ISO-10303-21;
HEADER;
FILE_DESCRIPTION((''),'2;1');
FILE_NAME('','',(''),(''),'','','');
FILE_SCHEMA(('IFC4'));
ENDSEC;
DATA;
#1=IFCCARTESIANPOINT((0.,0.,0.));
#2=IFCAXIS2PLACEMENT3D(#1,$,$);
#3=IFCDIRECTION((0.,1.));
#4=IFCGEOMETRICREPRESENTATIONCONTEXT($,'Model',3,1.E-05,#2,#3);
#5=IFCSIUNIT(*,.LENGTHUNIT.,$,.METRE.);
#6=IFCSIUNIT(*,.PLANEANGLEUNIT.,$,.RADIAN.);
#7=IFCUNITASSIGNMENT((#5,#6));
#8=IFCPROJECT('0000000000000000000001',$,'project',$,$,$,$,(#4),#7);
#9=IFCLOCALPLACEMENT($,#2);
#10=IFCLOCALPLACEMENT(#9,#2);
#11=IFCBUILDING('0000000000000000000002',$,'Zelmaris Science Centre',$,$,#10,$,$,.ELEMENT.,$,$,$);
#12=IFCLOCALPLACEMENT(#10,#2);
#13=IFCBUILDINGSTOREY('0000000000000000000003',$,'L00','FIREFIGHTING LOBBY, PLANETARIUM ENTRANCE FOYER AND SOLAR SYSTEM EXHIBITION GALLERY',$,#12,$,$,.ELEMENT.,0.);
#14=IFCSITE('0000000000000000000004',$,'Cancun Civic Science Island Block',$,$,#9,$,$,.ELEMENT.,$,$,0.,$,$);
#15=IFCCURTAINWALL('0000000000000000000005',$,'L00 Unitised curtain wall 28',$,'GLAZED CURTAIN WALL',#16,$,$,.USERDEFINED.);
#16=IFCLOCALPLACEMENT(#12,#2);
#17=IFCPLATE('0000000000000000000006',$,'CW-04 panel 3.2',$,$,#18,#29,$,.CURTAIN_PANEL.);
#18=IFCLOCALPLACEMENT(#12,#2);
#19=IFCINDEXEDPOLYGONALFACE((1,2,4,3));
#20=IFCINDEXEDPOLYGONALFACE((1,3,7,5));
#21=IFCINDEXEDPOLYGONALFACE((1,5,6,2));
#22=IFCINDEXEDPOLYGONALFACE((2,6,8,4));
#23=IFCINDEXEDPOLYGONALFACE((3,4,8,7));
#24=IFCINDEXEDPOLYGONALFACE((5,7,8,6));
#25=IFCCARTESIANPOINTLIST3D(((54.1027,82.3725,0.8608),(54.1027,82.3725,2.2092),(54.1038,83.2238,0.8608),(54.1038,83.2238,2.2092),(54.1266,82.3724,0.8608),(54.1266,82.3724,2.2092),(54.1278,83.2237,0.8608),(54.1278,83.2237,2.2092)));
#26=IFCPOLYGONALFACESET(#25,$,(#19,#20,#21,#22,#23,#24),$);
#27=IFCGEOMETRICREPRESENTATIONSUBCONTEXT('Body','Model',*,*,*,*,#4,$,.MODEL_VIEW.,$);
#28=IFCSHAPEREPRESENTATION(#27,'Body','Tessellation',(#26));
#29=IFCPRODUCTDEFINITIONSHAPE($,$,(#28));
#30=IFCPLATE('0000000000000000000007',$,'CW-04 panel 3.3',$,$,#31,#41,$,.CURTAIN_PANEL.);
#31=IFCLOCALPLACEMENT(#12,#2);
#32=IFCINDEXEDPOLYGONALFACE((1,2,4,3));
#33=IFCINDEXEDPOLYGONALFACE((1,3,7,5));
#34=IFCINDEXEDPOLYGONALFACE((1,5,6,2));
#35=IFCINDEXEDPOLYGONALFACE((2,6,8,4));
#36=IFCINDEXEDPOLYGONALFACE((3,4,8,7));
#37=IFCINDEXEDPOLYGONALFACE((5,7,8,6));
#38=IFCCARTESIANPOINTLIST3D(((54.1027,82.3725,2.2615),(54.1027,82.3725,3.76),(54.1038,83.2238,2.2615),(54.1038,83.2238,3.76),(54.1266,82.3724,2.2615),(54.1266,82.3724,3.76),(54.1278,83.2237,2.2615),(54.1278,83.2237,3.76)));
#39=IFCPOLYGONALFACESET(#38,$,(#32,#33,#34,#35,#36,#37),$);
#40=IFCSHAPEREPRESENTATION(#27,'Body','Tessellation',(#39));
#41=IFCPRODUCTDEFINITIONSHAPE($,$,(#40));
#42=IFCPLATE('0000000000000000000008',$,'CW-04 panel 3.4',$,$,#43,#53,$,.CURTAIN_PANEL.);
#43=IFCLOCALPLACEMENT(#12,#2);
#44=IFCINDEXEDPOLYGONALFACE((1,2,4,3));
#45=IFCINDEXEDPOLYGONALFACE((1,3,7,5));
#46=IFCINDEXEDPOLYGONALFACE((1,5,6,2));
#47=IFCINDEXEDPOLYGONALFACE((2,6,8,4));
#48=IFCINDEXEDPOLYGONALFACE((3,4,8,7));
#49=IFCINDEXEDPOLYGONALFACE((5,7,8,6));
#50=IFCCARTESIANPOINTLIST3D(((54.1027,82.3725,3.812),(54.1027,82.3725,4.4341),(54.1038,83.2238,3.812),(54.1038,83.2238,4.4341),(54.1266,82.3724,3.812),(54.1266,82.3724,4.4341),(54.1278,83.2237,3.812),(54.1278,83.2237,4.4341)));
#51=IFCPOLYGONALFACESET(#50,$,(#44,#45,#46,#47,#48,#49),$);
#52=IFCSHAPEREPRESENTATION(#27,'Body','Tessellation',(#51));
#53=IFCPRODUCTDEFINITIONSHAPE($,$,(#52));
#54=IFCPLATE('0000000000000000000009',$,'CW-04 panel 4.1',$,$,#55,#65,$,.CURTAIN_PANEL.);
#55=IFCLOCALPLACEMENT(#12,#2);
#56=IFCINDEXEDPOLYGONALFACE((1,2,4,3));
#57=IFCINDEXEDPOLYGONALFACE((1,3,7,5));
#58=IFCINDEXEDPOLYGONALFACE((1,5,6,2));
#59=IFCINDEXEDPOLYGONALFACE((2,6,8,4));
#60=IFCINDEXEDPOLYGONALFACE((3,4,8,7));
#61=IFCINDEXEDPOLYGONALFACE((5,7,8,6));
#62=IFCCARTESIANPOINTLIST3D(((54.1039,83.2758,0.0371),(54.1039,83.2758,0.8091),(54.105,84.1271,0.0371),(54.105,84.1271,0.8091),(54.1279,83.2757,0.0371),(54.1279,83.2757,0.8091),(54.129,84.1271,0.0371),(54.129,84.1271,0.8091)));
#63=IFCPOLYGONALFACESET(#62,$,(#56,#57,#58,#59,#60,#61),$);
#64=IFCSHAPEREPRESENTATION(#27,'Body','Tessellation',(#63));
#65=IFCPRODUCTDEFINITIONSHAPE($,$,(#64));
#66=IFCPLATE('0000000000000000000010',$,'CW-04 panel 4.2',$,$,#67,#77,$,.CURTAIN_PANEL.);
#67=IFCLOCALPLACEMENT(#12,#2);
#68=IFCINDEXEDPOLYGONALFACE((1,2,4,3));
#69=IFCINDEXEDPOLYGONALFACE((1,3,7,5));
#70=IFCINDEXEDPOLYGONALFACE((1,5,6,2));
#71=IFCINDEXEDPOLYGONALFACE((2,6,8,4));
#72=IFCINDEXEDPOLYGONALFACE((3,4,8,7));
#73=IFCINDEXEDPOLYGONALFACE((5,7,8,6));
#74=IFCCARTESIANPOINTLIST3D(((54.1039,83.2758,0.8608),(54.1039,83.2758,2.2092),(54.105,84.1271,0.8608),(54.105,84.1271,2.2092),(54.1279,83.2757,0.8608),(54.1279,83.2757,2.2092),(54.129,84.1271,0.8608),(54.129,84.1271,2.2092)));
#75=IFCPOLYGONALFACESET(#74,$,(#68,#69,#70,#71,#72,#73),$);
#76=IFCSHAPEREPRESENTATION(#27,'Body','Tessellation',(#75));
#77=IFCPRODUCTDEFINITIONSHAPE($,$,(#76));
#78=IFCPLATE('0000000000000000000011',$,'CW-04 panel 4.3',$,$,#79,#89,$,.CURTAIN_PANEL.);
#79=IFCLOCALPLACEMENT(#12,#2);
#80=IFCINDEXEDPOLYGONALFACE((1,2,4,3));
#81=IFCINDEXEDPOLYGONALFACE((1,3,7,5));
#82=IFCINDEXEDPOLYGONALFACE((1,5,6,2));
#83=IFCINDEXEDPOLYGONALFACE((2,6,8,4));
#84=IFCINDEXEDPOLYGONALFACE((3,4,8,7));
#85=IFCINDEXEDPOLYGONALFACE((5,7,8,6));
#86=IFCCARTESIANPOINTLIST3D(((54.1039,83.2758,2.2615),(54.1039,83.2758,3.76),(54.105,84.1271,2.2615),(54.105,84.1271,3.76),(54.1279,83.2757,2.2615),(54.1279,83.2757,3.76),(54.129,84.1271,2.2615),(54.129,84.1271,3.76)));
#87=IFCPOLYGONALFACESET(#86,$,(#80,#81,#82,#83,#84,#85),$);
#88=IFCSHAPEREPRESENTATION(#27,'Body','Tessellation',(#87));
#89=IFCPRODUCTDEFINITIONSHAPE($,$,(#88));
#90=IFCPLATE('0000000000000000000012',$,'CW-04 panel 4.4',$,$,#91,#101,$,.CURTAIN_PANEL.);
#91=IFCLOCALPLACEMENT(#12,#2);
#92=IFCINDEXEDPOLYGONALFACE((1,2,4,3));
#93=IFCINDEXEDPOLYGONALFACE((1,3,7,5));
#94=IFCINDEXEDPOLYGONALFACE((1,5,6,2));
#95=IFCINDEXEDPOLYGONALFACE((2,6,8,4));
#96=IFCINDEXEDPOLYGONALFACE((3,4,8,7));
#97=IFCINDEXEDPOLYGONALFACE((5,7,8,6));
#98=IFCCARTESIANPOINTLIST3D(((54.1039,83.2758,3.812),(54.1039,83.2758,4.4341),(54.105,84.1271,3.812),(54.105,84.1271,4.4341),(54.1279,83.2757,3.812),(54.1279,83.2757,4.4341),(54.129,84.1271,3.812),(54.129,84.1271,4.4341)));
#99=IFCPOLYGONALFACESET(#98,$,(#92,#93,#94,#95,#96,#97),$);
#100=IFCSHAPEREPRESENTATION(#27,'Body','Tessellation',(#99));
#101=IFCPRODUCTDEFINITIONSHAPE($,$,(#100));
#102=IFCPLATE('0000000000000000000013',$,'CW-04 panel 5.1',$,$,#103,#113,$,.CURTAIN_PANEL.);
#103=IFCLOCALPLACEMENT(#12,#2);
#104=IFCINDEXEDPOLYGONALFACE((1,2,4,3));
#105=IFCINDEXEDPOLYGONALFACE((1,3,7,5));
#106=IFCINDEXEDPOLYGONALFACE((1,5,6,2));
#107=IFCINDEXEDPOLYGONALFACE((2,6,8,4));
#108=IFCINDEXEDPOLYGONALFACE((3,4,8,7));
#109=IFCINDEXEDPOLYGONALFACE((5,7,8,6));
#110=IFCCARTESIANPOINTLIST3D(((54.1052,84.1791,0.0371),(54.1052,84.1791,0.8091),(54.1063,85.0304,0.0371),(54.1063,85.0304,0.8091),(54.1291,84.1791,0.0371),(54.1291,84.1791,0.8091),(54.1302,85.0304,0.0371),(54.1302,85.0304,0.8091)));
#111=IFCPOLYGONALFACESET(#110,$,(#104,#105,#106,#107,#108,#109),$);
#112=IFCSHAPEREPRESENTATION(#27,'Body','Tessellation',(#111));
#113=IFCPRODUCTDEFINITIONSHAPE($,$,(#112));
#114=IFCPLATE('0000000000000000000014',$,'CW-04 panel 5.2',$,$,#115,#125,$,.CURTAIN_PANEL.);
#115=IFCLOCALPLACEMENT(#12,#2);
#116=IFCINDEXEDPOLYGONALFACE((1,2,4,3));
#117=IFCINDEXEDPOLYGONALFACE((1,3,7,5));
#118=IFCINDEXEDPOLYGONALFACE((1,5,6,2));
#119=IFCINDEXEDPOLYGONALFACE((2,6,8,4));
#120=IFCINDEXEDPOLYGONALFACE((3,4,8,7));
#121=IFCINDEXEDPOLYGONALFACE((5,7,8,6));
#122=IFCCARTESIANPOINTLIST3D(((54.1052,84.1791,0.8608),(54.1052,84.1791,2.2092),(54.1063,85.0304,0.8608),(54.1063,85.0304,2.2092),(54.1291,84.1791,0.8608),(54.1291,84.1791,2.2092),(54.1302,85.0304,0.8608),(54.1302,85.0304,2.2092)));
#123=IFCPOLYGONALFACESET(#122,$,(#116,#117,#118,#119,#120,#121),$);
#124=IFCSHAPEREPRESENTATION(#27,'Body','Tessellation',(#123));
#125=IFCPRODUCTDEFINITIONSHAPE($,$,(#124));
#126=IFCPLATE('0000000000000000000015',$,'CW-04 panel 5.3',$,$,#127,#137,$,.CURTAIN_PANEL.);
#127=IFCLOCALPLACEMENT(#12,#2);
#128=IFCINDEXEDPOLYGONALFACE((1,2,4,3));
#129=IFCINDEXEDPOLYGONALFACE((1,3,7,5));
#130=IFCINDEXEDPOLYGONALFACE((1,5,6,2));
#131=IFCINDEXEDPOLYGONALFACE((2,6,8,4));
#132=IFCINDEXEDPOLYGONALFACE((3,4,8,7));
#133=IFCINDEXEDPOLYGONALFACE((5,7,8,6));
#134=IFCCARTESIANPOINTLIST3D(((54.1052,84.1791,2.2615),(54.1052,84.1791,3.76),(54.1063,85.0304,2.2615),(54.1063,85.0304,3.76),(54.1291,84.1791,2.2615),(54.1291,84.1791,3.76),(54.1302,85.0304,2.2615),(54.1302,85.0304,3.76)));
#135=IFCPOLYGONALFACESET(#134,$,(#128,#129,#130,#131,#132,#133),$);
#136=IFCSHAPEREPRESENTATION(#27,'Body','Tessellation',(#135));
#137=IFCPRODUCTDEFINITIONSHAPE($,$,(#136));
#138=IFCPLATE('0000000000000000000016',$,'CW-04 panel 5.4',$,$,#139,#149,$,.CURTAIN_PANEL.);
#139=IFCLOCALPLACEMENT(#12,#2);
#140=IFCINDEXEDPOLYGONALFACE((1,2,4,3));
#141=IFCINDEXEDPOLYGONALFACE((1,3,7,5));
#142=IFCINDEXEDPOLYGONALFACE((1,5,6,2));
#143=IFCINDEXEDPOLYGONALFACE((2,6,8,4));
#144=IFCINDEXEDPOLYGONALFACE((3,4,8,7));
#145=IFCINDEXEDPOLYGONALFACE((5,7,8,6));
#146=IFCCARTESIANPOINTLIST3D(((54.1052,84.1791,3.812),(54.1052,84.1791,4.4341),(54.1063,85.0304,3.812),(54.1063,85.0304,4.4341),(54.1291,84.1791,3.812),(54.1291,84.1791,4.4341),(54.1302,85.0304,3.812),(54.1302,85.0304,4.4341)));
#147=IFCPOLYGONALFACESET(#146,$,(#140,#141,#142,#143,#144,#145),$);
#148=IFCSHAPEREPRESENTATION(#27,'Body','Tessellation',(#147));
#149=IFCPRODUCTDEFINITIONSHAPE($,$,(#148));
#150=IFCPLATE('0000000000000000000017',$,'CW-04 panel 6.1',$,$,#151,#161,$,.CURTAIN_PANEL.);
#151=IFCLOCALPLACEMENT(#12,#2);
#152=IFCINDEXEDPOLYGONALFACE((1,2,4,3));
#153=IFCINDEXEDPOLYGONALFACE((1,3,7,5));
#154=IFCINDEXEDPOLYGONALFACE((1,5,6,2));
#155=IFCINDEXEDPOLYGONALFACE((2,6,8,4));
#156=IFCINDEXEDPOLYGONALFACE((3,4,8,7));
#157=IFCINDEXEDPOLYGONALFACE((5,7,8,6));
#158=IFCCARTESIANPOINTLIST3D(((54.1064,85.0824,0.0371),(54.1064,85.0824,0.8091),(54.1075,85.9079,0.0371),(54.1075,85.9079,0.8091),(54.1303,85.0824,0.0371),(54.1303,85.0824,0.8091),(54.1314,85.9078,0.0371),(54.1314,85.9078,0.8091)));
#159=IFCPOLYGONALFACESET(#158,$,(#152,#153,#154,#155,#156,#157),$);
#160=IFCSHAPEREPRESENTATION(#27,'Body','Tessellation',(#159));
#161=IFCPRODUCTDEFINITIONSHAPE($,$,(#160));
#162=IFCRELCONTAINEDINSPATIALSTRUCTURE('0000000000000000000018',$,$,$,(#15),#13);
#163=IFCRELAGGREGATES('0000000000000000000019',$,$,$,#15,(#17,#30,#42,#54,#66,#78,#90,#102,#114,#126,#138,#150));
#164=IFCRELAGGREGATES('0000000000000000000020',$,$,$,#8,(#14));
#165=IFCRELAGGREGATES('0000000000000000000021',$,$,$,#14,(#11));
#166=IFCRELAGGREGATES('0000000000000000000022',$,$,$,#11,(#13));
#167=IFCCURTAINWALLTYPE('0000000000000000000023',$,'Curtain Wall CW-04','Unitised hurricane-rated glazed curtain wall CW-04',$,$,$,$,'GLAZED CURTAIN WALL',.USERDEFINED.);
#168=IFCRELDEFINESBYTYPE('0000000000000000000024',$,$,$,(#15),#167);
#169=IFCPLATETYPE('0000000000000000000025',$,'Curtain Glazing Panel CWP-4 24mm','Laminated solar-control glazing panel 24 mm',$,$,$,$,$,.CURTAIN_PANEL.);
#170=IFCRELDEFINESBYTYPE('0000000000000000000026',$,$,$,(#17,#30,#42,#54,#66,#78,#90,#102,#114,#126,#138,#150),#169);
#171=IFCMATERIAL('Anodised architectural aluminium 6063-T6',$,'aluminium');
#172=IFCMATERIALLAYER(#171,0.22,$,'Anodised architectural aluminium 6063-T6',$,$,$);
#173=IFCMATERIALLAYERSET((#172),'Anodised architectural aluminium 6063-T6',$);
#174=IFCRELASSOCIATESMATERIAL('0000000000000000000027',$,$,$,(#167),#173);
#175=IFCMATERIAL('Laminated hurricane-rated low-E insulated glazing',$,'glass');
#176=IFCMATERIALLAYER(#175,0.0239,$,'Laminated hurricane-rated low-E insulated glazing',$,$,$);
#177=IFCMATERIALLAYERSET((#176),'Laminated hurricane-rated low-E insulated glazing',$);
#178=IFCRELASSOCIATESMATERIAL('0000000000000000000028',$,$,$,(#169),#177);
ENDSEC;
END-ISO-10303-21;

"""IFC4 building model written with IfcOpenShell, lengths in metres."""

from ifc_helpers import new_model, si_unit, direction, frame, origin, origin_2d, place, context, subcontext, project, spatial, rectangle, extrude, material, layer, layer_set, type_object, element, aggregate, save


model = new_model("IFC4")

# Units and contexts
model_context = context("Model", 3, precision=1e-05, world=origin(), true_north=direction((0.0, 1.0)))
body_context = subcontext(model_context, "Body", "Model", "MODEL_VIEW")
ifc_project = project(units=[si_unit("LENGTHUNIT", "METRE"), si_unit("PLANEANGLEUNIT", "RADIAN")], contexts=[model_context])

# Site, building, storey
site_placement = place(None, origin())
site = spatial("IfcSite", under=ifc_project, at=site_placement, Name="Cancun Civic Science Island Block", CompositionType="ELEMENT", RefElevation=0.0)
building_placement = place(site_placement, origin())
building = spatial("IfcBuilding", under=site, at=building_placement, Name="Zelmaris Science Centre", CompositionType="ELEMENT")
storey_placement = place(building_placement, origin())
storey = spatial("IfcBuildingStorey", under=building, at=storey_placement, Name="L00", Description="FIREFIGHTING LOBBY, PLANETARIUM ENTRANCE FOYER AND SOLAR SYSTEM EXHIBITION GALLERY", CompositionType="ELEMENT", Elevation=0.0)

# Curtain wall, plates
ifc_material_1 = material(Name="Anodised architectural aluminium 6063-T6", Category="aluminium")
ifc_layer_1 = layer(ifc_material_1, 0.22, Name="Anodised architectural aluminium 6063-T6")
ifc_layer_set_1 = layer_set([ifc_layer_1], Name="Anodised architectural aluminium 6063-T6")
curtain_wall_type = type_object("IfcCurtainWallType", Name="Curtain Wall CW-04", Description="Unitised hurricane-rated glazed curtain wall CW-04", ElementType="GLAZED CURTAIN WALL", PredefinedType="USERDEFINED", material=ifc_layer_set_1)
curtain_wall_placement = place(storey_placement, origin())
curtain_wall = element("IfcCurtainWall", 1, at=curtain_wall_placement, inside=storey, type_object=curtain_wall_type, Name="L00 Unitised curtain wall 28", ObjectType="GLAZED CURTAIN WALL", PredefinedType="USERDEFINED")
ifc_material_2 = material(Name="Laminated hurricane-rated low-E insulated glazing", Category="glass")
ifc_layer_2 = layer(ifc_material_2, 0.0239, Name="Laminated hurricane-rated low-E insulated glazing")
ifc_layer_set_2 = layer_set([ifc_layer_2], Name="Laminated hurricane-rated low-E insulated glazing")
plate_type = type_object("IfcPlateType", Name="Curtain Glazing Panel CWP-4 24mm", Description="Laminated solar-control glazing panel 24 mm", PredefinedType="CURTAIN_PANEL", material=ifc_layer_set_2)
plate_1_placement = place(storey_placement, frame((54.1152, 82.7981, 0.8608), z_axis=(0.0, 0.0, 1.0), x_axis=(0.00131, 0.999999, 0.0)))
plate_1 = element("IfcPlate", 2, at=plate_1_placement, type_object=plate_type, Name="CW-04 panel 3.2", PredefinedType="CURTAIN_PANEL", context=body_context, shape_type="SweptSolid", body=[
    extrude(rectangle(XDim=0.8513, YDim=0.0239, at=origin_2d()), origin(), (0.0, 0.0, 1.0), 1.3484),
])
plate_2_placement = place(storey_placement, frame((54.1152, 82.7981, 2.2615), z_axis=(0.0, 0.0, 1.0), x_axis=(0.00131, 0.999999, 0.0)))
plate_2 = element("IfcPlate", 3, at=plate_2_placement, type_object=plate_type, Name="CW-04 panel 3.3", PredefinedType="CURTAIN_PANEL", context=body_context, shape_type="SweptSolid", body=[
    extrude(rectangle(XDim=0.8513, YDim=0.0239, at=origin_2d()), origin(), (0.0, 0.0, 1.0), 1.4985),
])
plate_3_placement = place(storey_placement, frame((54.1152, 82.7981, 3.812), z_axis=(0.0, 0.0, 1.0), x_axis=(0.00131, 0.999999, 0.0)))
plate_3 = element("IfcPlate", 4, at=plate_3_placement, type_object=plate_type, Name="CW-04 panel 3.4", PredefinedType="CURTAIN_PANEL", context=body_context, shape_type="SweptSolid", body=[
    extrude(rectangle(XDim=0.8513, YDim=0.0239, at=origin_2d()), origin(), (0.0, 0.0, 1.0), 0.6221),
])
plate_4_placement = place(storey_placement, frame((54.1165, 83.7014, 0.0371), z_axis=(0.0, 0.0, 1.0), x_axis=(0.00131, 0.999999, 0.0)))
plate_4 = element("IfcPlate", 5, at=plate_4_placement, type_object=plate_type, Name="CW-04 panel 4.1", PredefinedType="CURTAIN_PANEL", context=body_context, shape_type="SweptSolid", body=[
    extrude(rectangle(XDim=0.8513, YDim=0.0239, at=origin_2d()), origin(), (0.0, 0.0, 1.0), 0.772),
])
plate_5_placement = place(storey_placement, frame((54.1165, 83.7014, 0.8608), z_axis=(0.0, 0.0, 1.0), x_axis=(0.00131, 0.999999, 0.0)))
plate_5 = element("IfcPlate", 6, at=plate_5_placement, type_object=plate_type, Name="CW-04 panel 4.2", PredefinedType="CURTAIN_PANEL", context=body_context, shape_type="SweptSolid", body=[
    extrude(rectangle(XDim=0.8513, YDim=0.0239, at=origin_2d()), origin(), (0.0, 0.0, 1.0), 1.3484),
])
plate_6_placement = place(storey_placement, frame((54.1165, 83.7014, 2.2615), z_axis=(0.0, 0.0, 1.0), x_axis=(0.00131, 0.999999, 0.0)))
plate_6 = element("IfcPlate", 7, at=plate_6_placement, type_object=plate_type, Name="CW-04 panel 4.3", PredefinedType="CURTAIN_PANEL", context=body_context, shape_type="SweptSolid", body=[
    extrude(rectangle(XDim=0.8513, YDim=0.0239, at=origin_2d()), origin(), (0.0, 0.0, 1.0), 1.4985),
])
plate_7_placement = place(storey_placement, frame((54.1165, 83.7014, 3.812), z_axis=(0.0, 0.0, 1.0), x_axis=(0.00131, 0.999999, 0.0)))
plate_7 = element("IfcPlate", 8, at=plate_7_placement, type_object=plate_type, Name="CW-04 panel 4.4", PredefinedType="CURTAIN_PANEL", context=body_context, shape_type="SweptSolid", body=[
    extrude(rectangle(XDim=0.8513, YDim=0.0239, at=origin_2d()), origin(), (0.0, 0.0, 1.0), 0.6221),
])
plate_8_placement = place(storey_placement, frame((54.1177, 84.6047, 0.0371), z_axis=(0.0, 0.0, 1.0), x_axis=(0.00131, 0.999999, 0.0)))
plate_8 = element("IfcPlate", 9, at=plate_8_placement, type_object=plate_type, Name="CW-04 panel 5.1", PredefinedType="CURTAIN_PANEL", context=body_context, shape_type="SweptSolid", body=[
    extrude(rectangle(XDim=0.8513, YDim=0.0239, at=origin_2d()), origin(), (0.0, 0.0, 1.0), 0.772),
])
plate_9_placement = place(storey_placement, frame((54.1177, 84.6047, 0.8608), z_axis=(0.0, 0.0, 1.0), x_axis=(0.00131, 0.999999, 0.0)))
plate_9 = element("IfcPlate", 10, at=plate_9_placement, type_object=plate_type, Name="CW-04 panel 5.2", PredefinedType="CURTAIN_PANEL", context=body_context, shape_type="SweptSolid", body=[
    extrude(rectangle(XDim=0.8513, YDim=0.0239, at=origin_2d()), origin(), (0.0, 0.0, 1.0), 1.3484),
])
plate_10_placement = place(storey_placement, frame((54.1177, 84.6047, 2.2615), z_axis=(0.0, 0.0, 1.0), x_axis=(0.00131, 0.999999, 0.0)))
plate_10 = element("IfcPlate", 11, at=plate_10_placement, type_object=plate_type, Name="CW-04 panel 5.3", PredefinedType="CURTAIN_PANEL", context=body_context, shape_type="SweptSolid", body=[
    extrude(rectangle(XDim=0.8513, YDim=0.0239, at=origin_2d()), origin(), (0.0, 0.0, 1.0), 1.4985),
])
plate_11_placement = place(storey_placement, frame((54.1177, 84.6047, 3.812), z_axis=(0.0, 0.0, 1.0), x_axis=(0.00131, 0.999999, 0.0)))
plate_11 = element("IfcPlate", 12, at=plate_11_placement, type_object=plate_type, Name="CW-04 panel 5.4", PredefinedType="CURTAIN_PANEL", context=body_context, shape_type="SweptSolid", body=[
    extrude(rectangle(XDim=0.8513, YDim=0.0239, at=origin_2d()), origin(), (0.0, 0.0, 1.0), 0.6221),
])
plate_12_placement = place(storey_placement, frame((54.1189, 85.4951, 0.0371), z_axis=(0.0, 0.0, 1.0), x_axis=(0.00131, 0.999999, 0.0)))
plate_12 = element("IfcPlate", 13, at=plate_12_placement, type_object=plate_type, Name="CW-04 panel 6.1", PredefinedType="CURTAIN_PANEL", context=body_context, shape_type="SweptSolid", body=[
    extrude(rectangle(XDim=0.8254, YDim=0.0239, at=origin_2d()), origin(), (0.0, 0.0, 1.0), 0.772),
])
aggregate(curtain_wall, [plate_1, plate_2, plate_3, plate_4, plate_5, plate_6, plate_7, plate_8, plate_9, plate_10, plate_11, plate_12])

save(model, "model.ifc")
